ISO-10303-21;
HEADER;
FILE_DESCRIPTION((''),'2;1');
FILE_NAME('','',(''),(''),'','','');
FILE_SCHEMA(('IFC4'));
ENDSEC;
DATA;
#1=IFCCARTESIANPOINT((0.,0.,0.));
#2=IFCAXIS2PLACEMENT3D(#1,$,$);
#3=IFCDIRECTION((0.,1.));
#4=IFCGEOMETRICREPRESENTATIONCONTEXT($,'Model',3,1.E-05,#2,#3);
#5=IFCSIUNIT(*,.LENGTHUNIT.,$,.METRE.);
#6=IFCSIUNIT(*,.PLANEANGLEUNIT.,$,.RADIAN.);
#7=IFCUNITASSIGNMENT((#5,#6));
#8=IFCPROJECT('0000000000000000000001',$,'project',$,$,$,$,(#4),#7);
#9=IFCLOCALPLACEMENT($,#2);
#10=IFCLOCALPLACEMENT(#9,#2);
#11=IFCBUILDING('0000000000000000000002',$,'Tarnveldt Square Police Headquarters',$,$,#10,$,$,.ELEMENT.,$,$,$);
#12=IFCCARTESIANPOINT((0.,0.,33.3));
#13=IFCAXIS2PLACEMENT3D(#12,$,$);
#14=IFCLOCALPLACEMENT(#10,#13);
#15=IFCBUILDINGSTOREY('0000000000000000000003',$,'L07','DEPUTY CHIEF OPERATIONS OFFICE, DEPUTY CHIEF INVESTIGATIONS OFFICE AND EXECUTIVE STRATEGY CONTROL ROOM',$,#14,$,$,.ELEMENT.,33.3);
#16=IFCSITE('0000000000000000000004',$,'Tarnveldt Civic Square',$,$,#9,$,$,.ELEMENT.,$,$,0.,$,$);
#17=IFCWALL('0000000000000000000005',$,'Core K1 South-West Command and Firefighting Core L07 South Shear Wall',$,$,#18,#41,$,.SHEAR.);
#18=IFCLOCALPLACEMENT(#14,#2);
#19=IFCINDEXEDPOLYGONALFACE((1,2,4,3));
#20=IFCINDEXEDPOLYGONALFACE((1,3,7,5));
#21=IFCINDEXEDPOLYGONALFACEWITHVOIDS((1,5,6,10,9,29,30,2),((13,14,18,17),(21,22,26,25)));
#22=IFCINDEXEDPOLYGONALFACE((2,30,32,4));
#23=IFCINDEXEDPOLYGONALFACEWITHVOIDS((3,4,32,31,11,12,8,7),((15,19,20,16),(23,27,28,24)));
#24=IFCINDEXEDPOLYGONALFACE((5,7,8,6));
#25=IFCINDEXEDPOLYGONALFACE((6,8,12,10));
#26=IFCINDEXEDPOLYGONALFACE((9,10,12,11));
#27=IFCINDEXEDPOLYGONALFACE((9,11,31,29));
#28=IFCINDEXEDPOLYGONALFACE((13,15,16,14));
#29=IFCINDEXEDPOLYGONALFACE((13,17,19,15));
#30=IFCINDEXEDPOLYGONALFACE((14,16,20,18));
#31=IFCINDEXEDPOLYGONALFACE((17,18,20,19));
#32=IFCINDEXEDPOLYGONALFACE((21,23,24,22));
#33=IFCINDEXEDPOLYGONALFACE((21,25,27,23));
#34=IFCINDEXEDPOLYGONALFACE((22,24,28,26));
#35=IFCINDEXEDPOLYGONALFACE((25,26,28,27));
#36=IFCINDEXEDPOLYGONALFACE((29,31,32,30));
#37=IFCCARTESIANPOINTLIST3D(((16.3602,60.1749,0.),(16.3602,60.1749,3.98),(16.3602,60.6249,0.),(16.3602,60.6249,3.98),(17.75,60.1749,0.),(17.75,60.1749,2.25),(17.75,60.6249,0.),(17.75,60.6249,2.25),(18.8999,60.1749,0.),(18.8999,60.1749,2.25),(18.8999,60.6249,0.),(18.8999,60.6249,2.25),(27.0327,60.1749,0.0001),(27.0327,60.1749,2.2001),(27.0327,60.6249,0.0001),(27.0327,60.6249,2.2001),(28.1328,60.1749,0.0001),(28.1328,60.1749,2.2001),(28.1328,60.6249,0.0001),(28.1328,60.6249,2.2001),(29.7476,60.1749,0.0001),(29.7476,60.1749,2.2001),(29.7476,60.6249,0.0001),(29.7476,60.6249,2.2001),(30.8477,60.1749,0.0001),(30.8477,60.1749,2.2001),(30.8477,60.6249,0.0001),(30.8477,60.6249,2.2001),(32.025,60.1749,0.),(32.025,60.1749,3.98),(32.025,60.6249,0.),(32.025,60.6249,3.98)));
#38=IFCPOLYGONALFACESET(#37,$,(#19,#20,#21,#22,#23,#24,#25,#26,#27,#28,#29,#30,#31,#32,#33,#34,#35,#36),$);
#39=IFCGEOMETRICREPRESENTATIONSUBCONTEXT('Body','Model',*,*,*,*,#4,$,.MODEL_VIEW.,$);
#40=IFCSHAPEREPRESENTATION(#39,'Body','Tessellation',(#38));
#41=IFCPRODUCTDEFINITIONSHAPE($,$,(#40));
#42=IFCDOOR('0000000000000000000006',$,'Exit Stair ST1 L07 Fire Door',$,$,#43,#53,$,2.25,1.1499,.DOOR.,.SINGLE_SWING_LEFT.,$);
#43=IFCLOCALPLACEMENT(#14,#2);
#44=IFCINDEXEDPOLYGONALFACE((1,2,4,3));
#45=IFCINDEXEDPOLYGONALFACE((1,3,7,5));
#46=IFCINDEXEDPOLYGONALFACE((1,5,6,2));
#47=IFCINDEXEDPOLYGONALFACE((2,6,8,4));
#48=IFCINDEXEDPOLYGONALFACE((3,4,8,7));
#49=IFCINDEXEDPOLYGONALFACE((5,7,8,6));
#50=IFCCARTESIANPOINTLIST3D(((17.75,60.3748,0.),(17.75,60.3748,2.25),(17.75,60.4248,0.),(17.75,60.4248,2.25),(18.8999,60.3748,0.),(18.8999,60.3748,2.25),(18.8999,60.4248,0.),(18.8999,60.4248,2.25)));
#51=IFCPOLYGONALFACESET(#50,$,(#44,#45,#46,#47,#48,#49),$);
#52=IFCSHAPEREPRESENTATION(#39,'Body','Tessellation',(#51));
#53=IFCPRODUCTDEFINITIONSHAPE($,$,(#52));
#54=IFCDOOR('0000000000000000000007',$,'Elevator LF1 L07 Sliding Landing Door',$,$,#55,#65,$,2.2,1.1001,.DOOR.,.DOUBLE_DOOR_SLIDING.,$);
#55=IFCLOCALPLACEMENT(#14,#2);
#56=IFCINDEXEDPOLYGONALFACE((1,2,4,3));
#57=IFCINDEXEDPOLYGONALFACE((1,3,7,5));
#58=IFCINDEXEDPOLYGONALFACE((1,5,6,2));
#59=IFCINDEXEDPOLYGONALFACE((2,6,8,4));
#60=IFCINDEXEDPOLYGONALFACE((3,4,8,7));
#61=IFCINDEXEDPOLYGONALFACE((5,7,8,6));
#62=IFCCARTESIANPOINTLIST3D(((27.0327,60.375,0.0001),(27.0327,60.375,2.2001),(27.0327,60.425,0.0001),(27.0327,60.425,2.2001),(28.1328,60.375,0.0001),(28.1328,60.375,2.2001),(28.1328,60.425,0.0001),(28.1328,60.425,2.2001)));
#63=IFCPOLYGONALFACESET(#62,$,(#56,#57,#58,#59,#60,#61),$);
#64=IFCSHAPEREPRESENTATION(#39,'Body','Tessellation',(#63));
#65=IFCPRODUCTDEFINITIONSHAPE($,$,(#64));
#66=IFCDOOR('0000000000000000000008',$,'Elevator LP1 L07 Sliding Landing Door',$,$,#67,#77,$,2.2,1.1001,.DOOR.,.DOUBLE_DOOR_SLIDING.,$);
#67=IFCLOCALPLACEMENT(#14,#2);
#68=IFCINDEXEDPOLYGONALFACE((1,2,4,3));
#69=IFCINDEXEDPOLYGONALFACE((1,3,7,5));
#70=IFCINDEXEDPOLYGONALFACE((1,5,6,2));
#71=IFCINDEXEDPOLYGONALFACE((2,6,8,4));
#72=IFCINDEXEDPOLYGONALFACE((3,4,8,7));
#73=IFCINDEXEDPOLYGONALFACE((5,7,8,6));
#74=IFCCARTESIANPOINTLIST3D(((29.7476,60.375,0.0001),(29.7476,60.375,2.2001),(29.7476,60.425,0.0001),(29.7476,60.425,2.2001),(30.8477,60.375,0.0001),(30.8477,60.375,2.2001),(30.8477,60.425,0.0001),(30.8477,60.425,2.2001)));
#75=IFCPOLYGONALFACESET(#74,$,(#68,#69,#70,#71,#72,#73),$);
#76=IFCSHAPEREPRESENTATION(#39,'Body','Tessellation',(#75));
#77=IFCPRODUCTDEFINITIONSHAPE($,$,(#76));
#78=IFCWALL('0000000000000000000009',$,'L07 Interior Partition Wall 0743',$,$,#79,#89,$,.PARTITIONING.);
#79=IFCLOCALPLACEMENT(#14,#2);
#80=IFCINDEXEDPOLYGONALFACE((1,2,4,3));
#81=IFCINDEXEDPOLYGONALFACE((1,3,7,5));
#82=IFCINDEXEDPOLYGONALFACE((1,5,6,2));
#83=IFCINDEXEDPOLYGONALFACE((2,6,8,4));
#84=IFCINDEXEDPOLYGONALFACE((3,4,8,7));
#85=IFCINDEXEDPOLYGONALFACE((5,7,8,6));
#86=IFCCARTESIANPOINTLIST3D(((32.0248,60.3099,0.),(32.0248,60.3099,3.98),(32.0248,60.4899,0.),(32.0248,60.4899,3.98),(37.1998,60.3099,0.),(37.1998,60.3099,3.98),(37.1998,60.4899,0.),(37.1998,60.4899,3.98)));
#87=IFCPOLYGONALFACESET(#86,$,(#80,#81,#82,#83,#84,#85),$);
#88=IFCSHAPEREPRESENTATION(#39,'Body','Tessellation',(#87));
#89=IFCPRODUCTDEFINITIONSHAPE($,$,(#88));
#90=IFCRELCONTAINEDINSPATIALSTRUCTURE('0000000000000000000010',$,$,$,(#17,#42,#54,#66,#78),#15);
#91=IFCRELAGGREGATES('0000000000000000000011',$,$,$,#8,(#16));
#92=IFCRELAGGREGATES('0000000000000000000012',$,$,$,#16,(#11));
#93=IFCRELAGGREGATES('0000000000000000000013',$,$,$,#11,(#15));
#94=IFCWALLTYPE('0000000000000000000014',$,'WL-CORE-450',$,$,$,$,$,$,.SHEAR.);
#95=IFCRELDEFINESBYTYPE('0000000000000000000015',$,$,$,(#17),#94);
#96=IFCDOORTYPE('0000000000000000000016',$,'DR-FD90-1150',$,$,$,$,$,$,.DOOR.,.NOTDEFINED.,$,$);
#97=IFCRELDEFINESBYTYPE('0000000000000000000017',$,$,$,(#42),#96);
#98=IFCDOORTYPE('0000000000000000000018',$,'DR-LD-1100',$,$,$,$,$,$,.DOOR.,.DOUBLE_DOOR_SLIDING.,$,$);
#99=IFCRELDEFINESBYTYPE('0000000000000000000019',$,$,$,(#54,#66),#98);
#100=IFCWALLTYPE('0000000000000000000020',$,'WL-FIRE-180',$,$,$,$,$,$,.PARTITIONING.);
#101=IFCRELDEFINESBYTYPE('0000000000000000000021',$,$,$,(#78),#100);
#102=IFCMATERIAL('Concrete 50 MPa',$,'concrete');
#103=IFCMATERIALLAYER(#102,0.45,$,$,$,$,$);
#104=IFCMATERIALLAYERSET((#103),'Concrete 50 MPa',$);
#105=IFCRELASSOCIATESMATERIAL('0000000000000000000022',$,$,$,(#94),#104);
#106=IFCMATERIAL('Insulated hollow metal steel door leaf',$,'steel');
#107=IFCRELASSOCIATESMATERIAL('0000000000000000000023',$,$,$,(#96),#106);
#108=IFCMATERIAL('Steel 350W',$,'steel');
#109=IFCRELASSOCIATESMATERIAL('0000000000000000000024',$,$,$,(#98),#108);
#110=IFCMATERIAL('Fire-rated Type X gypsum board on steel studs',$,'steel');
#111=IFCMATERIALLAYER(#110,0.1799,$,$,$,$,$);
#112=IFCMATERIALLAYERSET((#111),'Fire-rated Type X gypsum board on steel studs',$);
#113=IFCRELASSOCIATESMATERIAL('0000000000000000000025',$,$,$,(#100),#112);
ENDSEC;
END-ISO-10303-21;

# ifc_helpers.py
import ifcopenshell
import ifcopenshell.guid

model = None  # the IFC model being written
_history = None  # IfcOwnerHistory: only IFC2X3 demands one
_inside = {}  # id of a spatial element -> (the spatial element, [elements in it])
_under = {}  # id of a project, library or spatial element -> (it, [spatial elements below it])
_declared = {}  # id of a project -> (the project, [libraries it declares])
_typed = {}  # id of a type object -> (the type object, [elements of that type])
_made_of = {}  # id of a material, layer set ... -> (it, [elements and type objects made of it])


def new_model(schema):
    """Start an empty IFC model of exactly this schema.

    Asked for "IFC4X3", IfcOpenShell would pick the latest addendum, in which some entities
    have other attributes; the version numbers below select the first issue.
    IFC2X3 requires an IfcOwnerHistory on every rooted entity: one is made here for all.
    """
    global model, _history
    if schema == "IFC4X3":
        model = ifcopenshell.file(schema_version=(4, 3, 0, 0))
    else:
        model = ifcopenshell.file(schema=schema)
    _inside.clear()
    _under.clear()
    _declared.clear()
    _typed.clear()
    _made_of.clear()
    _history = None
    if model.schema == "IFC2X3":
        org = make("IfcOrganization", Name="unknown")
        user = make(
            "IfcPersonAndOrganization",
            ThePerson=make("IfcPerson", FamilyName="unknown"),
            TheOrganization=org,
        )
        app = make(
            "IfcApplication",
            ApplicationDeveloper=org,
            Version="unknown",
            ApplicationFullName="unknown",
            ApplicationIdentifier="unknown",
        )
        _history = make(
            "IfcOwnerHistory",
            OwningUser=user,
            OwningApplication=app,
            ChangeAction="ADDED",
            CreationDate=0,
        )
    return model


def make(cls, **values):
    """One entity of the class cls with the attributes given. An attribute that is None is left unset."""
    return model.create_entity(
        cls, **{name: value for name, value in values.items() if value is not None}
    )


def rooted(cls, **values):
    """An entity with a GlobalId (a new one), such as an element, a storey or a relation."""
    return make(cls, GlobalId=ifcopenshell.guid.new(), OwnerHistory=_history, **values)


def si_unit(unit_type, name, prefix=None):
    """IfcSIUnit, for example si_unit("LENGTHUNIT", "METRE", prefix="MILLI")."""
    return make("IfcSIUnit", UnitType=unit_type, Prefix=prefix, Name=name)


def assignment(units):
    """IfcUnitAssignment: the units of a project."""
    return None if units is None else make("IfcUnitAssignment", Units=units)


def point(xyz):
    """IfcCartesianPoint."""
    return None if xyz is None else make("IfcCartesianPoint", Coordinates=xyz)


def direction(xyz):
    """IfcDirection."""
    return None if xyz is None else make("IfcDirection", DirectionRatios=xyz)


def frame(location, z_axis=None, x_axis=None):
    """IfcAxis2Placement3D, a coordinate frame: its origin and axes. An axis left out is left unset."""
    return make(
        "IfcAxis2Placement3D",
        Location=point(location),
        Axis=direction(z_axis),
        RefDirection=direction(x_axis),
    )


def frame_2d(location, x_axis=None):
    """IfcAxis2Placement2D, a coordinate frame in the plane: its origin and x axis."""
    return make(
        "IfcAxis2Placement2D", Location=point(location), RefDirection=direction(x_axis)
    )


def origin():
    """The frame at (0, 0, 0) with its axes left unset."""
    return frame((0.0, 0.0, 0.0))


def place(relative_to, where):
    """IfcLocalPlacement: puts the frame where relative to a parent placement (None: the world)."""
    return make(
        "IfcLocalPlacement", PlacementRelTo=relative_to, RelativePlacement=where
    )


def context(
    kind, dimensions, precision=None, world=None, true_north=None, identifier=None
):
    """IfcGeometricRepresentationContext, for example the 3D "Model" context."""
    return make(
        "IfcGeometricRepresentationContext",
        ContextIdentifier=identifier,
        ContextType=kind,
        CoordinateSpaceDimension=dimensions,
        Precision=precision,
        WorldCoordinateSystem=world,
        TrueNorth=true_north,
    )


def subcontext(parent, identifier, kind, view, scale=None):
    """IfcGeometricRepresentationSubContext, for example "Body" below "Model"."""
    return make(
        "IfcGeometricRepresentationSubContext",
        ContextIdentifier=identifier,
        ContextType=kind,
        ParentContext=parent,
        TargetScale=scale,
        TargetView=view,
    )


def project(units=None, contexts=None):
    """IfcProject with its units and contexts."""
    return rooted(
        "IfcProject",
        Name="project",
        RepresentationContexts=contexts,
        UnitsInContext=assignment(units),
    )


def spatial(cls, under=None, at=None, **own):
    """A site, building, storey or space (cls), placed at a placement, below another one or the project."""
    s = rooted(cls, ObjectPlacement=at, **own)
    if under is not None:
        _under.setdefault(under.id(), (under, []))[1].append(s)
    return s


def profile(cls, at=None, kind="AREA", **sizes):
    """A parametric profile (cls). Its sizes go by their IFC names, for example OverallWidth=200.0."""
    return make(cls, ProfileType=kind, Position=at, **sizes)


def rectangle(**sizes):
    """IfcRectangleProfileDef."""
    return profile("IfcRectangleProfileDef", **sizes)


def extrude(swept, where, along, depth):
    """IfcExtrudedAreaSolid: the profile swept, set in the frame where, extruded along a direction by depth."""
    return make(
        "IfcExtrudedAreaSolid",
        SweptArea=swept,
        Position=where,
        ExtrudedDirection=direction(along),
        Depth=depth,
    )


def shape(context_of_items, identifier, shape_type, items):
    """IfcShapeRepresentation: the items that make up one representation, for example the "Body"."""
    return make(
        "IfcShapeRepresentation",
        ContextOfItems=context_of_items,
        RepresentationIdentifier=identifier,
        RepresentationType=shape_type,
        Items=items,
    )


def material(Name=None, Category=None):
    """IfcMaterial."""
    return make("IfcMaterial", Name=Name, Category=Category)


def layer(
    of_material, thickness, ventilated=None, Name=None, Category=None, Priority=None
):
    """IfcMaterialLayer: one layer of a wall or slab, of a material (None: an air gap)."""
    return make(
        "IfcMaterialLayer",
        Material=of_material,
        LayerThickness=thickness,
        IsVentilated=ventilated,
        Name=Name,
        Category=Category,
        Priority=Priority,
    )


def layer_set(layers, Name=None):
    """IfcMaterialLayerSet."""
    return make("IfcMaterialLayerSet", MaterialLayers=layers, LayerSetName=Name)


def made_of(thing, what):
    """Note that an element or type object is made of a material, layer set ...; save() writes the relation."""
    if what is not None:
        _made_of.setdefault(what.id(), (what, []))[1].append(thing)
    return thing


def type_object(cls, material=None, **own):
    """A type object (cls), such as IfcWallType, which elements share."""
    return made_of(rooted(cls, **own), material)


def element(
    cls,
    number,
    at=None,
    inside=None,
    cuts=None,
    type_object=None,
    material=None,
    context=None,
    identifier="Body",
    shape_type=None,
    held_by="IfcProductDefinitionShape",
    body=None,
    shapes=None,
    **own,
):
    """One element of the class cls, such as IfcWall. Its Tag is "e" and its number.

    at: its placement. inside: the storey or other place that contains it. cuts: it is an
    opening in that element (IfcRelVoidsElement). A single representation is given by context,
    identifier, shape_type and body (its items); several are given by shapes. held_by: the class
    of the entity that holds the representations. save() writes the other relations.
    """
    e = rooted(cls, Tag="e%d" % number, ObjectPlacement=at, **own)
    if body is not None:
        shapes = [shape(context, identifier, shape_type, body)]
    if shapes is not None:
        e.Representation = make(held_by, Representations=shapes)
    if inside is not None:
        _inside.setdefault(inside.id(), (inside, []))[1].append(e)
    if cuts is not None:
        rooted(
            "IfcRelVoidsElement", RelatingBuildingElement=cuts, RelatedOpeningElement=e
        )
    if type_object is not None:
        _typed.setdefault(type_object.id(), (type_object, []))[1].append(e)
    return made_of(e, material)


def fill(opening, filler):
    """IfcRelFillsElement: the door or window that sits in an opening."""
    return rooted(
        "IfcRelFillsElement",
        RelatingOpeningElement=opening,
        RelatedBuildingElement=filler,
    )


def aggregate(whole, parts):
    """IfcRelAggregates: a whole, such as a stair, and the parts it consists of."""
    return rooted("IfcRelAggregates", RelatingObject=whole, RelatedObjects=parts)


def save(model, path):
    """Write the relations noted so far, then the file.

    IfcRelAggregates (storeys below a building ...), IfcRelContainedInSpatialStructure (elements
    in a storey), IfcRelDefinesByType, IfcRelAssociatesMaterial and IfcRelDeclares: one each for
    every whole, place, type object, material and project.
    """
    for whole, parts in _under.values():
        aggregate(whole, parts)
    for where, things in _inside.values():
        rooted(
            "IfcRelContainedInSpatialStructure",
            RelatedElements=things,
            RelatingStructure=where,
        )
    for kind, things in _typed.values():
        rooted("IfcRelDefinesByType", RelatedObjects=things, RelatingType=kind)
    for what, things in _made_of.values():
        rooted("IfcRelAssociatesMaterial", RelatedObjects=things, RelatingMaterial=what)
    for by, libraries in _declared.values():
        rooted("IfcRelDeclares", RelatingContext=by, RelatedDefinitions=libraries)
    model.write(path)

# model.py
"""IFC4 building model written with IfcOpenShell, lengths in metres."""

from ifc_helpers import new_model, si_unit, direction, frame, frame_2d, origin, place, context, subcontext, project, spatial, rectangle, extrude, material, layer, layer_set, type_object, element, fill, save


model = new_model("IFC4")

# Units and contexts
model_context = context("Model", 3, precision=1e-05, world=origin(), true_north=direction((0.0, 1.0)))
body_context = subcontext(model_context, "Body", "Model", "MODEL_VIEW")
ifc_project = project(units=[si_unit("LENGTHUNIT", "METRE"), si_unit("PLANEANGLEUNIT", "RADIAN")], contexts=[model_context])

# Site, building, storey
site_placement = place(None, origin())
site = spatial("IfcSite", under=ifc_project, at=site_placement, Name="Tarnveldt Civic Square", CompositionType="ELEMENT", RefElevation=0.0)
building_placement = place(site_placement, origin())
building = spatial("IfcBuilding", under=site, at=building_placement, Name="Tarnveldt Square Police Headquarters", CompositionType="ELEMENT")
storey_placement = place(building_placement, frame((0.0, 0.0, 33.3)))
storey = spatial("IfcBuildingStorey", under=building, at=storey_placement, Name="L07", Description="DEPUTY CHIEF OPERATIONS OFFICE, DEPUTY CHIEF INVESTIGATIONS OFFICE AND EXECUTIVE STRATEGY CONTROL ROOM", CompositionType="ELEMENT", Elevation=33.3)

# Shared definitions
ifc_material_1 = material(Name="Steel 350W", Category="steel")

# Wall, openings, doors
ifc_material_2 = material(Name="Concrete 50 MPa", Category="concrete")
ifc_layer_1 = layer(ifc_material_2, 0.45)
ifc_layer_set_1 = layer_set([ifc_layer_1], Name="Concrete 50 MPa")
wall_type_1 = type_object("IfcWallType", Name="WL-CORE-450", PredefinedType="SHEAR", material=ifc_layer_set_1)
wall_1_placement = place(storey_placement, frame((16.3601, 60.3999, 0.0), z_axis=(0.0, 0.0, 1.0), x_axis=(1.0, 0.0, 0.0)))
wall_1 = element("IfcWall", 1, at=wall_1_placement, inside=storey, type_object=wall_type_1, Name="Core K1 South-West Command and Firefighting Core L07 South Shear Wall", PredefinedType="SHEAR", context=body_context, shape_type="SweptSolid", body=[
    extrude(rectangle(XDim=15.6648, YDim=0.45, at=frame_2d((7.8325, 0.0))), origin(), (0.0, 0.0, 1.0), 3.98),
])
opening_1_placement = place(wall_1_placement, frame((1.3899, 0.0, 0.0)))
opening_1 = element("IfcOpeningElement", 2, at=opening_1_placement, cuts=wall_1, PredefinedType="OPENING", context=body_context, shape_type="SweptSolid", body=[
    extrude(rectangle(XDim=1.1499, YDim=2.25, at=frame_2d((0.575, 1.125))), frame((0.0, 0.2349, 0.0), z_axis=(0.0, -1.0, 0.0), x_axis=(1.0, 0.0, 0.0)), (0.0, 0.0, 1.0), 0.47),
])
opening_2_placement = place(wall_1_placement, frame((10.6726, 0.0, 0.0)))
opening_2 = element("IfcOpeningElement", 3, at=opening_2_placement, cuts=wall_1, PredefinedType="OPENING", context=body_context, shape_type="SweptSolid", body=[
    extrude(rectangle(XDim=1.1001, YDim=2.2, at=frame_2d((0.55, 1.1001))), frame((0.0, 0.2349, 0.0), z_axis=(0.0, -1.0, 0.0), x_axis=(1.0, 0.0, 0.0)), (0.0, 0.0, 1.0), 0.47),
])
opening_3_placement = place(wall_1_placement, frame((13.3875, 0.0, 0.0)))
opening_3 = element("IfcOpeningElement", 4, at=opening_3_placement, cuts=wall_1, PredefinedType="OPENING", context=body_context, shape_type="SweptSolid", body=[
    extrude(rectangle(XDim=1.1001, YDim=2.2, at=frame_2d((0.55, 1.1001))), frame((0.0, 0.2349, 0.0), z_axis=(0.0, -1.0, 0.0), x_axis=(1.0, 0.0, 0.0)), (0.0, 0.0, 1.0), 0.47),
])
ifc_material_3 = material(Name="Insulated hollow metal steel door leaf", Category="steel")
door_type_1 = type_object("IfcDoorType", Name="DR-FD90-1150", OperationType="NOTDEFINED", PredefinedType="DOOR", material=ifc_material_3)
door_1_placement = place(opening_1_placement, origin())
door_1 = element("IfcDoor", 5, at=door_1_placement, inside=storey, type_object=door_type_1, Name="Exit Stair ST1 L07 Fire Door", OperationType="SINGLE_SWING_LEFT", OverallHeight=2.25, OverallWidth=1.1499, PredefinedType="DOOR", context=body_context, shape_type="SweptSolid", body=[
    extrude(rectangle(XDim=1.1499, YDim=2.25, at=frame_2d((0.575, 1.125))), frame((0.0, 0.0249, 0.0), z_axis=(0.0, -1.0, 0.0), x_axis=(1.0, 0.0, 0.0)), (0.0, 0.0, 1.0), 0.05),
])
fill(opening_1, door_1)
door_type_2 = type_object("IfcDoorType", Name="DR-LD-1100", OperationType="DOUBLE_DOOR_SLIDING", PredefinedType="DOOR", material=ifc_material_1)
door_2_placement = place(opening_2_placement, frame((1.1001, 0.0, 0.0), z_axis=(0.0, 0.0, 1.0), x_axis=(-1.0, 0.0, 0.0)))
door_2 = element("IfcDoor", 6, at=door_2_placement, inside=storey, type_object=door_type_2, Name="Elevator LF1 L07 Sliding Landing Door", OperationType="DOUBLE_DOOR_SLIDING", OverallHeight=2.2, OverallWidth=1.1001, PredefinedType="DOOR", context=body_context, shape_type="SweptSolid", body=[
    extrude(rectangle(XDim=1.1001, YDim=2.2, at=frame_2d((0.55, 1.1001))), frame((0.0, 0.0249, 0.0), z_axis=(0.0, -1.0, 0.0), x_axis=(1.0, 0.0, 0.0)), (0.0, 0.0, 1.0), 0.05),
])
fill(opening_2, door_2)
door_3_placement = place(opening_3_placement, frame((1.1001, 0.0, 0.0), z_axis=(0.0, 0.0, 1.0), x_axis=(-1.0, 0.0, 0.0)))
door_3 = element("IfcDoor", 7, at=door_3_placement, inside=storey, type_object=door_type_2, Name="Elevator LP1 L07 Sliding Landing Door", OperationType="DOUBLE_DOOR_SLIDING", OverallHeight=2.2, OverallWidth=1.1001, PredefinedType="DOOR", context=body_context, shape_type="SweptSolid", body=[
    extrude(rectangle(XDim=1.1001, YDim=2.2, at=frame_2d((0.55, 1.1001))), frame((0.0, 0.0249, 0.0), z_axis=(0.0, -1.0, 0.0), x_axis=(1.0, 0.0, 0.0)), (0.0, 0.0, 1.0), 0.05),
])
fill(opening_3, door_3)

# Wall
ifc_material_4 = material(Name="Fire-rated Type X gypsum board on steel studs", Category="steel")
ifc_layer_2 = layer(ifc_material_4, 0.1799)
ifc_layer_set_2 = layer_set([ifc_layer_2], Name="Fire-rated Type X gypsum board on steel studs")
wall_type_2 = type_object("IfcWallType", Name="WL-FIRE-180", PredefinedType="PARTITIONING", material=ifc_layer_set_2)
wall_2_placement = place(storey_placement, frame((32.0249, 60.3999, 0.0), z_axis=(0.0, 0.0, 1.0), x_axis=(1.0, 0.0, 0.0)))
element("IfcWall", 8, at=wall_2_placement, inside=storey, type_object=wall_type_2, Name="L07 Interior Partition Wall 0743", PredefinedType="PARTITIONING", context=body_context, shape_type="SweptSolid", body=[
    extrude(rectangle(XDim=5.175, YDim=0.1799, at=frame_2d((2.5874, 0.0))), origin(), (0.0, 0.0, 1.0), 3.98),
])

save(model, "model.ifc")
